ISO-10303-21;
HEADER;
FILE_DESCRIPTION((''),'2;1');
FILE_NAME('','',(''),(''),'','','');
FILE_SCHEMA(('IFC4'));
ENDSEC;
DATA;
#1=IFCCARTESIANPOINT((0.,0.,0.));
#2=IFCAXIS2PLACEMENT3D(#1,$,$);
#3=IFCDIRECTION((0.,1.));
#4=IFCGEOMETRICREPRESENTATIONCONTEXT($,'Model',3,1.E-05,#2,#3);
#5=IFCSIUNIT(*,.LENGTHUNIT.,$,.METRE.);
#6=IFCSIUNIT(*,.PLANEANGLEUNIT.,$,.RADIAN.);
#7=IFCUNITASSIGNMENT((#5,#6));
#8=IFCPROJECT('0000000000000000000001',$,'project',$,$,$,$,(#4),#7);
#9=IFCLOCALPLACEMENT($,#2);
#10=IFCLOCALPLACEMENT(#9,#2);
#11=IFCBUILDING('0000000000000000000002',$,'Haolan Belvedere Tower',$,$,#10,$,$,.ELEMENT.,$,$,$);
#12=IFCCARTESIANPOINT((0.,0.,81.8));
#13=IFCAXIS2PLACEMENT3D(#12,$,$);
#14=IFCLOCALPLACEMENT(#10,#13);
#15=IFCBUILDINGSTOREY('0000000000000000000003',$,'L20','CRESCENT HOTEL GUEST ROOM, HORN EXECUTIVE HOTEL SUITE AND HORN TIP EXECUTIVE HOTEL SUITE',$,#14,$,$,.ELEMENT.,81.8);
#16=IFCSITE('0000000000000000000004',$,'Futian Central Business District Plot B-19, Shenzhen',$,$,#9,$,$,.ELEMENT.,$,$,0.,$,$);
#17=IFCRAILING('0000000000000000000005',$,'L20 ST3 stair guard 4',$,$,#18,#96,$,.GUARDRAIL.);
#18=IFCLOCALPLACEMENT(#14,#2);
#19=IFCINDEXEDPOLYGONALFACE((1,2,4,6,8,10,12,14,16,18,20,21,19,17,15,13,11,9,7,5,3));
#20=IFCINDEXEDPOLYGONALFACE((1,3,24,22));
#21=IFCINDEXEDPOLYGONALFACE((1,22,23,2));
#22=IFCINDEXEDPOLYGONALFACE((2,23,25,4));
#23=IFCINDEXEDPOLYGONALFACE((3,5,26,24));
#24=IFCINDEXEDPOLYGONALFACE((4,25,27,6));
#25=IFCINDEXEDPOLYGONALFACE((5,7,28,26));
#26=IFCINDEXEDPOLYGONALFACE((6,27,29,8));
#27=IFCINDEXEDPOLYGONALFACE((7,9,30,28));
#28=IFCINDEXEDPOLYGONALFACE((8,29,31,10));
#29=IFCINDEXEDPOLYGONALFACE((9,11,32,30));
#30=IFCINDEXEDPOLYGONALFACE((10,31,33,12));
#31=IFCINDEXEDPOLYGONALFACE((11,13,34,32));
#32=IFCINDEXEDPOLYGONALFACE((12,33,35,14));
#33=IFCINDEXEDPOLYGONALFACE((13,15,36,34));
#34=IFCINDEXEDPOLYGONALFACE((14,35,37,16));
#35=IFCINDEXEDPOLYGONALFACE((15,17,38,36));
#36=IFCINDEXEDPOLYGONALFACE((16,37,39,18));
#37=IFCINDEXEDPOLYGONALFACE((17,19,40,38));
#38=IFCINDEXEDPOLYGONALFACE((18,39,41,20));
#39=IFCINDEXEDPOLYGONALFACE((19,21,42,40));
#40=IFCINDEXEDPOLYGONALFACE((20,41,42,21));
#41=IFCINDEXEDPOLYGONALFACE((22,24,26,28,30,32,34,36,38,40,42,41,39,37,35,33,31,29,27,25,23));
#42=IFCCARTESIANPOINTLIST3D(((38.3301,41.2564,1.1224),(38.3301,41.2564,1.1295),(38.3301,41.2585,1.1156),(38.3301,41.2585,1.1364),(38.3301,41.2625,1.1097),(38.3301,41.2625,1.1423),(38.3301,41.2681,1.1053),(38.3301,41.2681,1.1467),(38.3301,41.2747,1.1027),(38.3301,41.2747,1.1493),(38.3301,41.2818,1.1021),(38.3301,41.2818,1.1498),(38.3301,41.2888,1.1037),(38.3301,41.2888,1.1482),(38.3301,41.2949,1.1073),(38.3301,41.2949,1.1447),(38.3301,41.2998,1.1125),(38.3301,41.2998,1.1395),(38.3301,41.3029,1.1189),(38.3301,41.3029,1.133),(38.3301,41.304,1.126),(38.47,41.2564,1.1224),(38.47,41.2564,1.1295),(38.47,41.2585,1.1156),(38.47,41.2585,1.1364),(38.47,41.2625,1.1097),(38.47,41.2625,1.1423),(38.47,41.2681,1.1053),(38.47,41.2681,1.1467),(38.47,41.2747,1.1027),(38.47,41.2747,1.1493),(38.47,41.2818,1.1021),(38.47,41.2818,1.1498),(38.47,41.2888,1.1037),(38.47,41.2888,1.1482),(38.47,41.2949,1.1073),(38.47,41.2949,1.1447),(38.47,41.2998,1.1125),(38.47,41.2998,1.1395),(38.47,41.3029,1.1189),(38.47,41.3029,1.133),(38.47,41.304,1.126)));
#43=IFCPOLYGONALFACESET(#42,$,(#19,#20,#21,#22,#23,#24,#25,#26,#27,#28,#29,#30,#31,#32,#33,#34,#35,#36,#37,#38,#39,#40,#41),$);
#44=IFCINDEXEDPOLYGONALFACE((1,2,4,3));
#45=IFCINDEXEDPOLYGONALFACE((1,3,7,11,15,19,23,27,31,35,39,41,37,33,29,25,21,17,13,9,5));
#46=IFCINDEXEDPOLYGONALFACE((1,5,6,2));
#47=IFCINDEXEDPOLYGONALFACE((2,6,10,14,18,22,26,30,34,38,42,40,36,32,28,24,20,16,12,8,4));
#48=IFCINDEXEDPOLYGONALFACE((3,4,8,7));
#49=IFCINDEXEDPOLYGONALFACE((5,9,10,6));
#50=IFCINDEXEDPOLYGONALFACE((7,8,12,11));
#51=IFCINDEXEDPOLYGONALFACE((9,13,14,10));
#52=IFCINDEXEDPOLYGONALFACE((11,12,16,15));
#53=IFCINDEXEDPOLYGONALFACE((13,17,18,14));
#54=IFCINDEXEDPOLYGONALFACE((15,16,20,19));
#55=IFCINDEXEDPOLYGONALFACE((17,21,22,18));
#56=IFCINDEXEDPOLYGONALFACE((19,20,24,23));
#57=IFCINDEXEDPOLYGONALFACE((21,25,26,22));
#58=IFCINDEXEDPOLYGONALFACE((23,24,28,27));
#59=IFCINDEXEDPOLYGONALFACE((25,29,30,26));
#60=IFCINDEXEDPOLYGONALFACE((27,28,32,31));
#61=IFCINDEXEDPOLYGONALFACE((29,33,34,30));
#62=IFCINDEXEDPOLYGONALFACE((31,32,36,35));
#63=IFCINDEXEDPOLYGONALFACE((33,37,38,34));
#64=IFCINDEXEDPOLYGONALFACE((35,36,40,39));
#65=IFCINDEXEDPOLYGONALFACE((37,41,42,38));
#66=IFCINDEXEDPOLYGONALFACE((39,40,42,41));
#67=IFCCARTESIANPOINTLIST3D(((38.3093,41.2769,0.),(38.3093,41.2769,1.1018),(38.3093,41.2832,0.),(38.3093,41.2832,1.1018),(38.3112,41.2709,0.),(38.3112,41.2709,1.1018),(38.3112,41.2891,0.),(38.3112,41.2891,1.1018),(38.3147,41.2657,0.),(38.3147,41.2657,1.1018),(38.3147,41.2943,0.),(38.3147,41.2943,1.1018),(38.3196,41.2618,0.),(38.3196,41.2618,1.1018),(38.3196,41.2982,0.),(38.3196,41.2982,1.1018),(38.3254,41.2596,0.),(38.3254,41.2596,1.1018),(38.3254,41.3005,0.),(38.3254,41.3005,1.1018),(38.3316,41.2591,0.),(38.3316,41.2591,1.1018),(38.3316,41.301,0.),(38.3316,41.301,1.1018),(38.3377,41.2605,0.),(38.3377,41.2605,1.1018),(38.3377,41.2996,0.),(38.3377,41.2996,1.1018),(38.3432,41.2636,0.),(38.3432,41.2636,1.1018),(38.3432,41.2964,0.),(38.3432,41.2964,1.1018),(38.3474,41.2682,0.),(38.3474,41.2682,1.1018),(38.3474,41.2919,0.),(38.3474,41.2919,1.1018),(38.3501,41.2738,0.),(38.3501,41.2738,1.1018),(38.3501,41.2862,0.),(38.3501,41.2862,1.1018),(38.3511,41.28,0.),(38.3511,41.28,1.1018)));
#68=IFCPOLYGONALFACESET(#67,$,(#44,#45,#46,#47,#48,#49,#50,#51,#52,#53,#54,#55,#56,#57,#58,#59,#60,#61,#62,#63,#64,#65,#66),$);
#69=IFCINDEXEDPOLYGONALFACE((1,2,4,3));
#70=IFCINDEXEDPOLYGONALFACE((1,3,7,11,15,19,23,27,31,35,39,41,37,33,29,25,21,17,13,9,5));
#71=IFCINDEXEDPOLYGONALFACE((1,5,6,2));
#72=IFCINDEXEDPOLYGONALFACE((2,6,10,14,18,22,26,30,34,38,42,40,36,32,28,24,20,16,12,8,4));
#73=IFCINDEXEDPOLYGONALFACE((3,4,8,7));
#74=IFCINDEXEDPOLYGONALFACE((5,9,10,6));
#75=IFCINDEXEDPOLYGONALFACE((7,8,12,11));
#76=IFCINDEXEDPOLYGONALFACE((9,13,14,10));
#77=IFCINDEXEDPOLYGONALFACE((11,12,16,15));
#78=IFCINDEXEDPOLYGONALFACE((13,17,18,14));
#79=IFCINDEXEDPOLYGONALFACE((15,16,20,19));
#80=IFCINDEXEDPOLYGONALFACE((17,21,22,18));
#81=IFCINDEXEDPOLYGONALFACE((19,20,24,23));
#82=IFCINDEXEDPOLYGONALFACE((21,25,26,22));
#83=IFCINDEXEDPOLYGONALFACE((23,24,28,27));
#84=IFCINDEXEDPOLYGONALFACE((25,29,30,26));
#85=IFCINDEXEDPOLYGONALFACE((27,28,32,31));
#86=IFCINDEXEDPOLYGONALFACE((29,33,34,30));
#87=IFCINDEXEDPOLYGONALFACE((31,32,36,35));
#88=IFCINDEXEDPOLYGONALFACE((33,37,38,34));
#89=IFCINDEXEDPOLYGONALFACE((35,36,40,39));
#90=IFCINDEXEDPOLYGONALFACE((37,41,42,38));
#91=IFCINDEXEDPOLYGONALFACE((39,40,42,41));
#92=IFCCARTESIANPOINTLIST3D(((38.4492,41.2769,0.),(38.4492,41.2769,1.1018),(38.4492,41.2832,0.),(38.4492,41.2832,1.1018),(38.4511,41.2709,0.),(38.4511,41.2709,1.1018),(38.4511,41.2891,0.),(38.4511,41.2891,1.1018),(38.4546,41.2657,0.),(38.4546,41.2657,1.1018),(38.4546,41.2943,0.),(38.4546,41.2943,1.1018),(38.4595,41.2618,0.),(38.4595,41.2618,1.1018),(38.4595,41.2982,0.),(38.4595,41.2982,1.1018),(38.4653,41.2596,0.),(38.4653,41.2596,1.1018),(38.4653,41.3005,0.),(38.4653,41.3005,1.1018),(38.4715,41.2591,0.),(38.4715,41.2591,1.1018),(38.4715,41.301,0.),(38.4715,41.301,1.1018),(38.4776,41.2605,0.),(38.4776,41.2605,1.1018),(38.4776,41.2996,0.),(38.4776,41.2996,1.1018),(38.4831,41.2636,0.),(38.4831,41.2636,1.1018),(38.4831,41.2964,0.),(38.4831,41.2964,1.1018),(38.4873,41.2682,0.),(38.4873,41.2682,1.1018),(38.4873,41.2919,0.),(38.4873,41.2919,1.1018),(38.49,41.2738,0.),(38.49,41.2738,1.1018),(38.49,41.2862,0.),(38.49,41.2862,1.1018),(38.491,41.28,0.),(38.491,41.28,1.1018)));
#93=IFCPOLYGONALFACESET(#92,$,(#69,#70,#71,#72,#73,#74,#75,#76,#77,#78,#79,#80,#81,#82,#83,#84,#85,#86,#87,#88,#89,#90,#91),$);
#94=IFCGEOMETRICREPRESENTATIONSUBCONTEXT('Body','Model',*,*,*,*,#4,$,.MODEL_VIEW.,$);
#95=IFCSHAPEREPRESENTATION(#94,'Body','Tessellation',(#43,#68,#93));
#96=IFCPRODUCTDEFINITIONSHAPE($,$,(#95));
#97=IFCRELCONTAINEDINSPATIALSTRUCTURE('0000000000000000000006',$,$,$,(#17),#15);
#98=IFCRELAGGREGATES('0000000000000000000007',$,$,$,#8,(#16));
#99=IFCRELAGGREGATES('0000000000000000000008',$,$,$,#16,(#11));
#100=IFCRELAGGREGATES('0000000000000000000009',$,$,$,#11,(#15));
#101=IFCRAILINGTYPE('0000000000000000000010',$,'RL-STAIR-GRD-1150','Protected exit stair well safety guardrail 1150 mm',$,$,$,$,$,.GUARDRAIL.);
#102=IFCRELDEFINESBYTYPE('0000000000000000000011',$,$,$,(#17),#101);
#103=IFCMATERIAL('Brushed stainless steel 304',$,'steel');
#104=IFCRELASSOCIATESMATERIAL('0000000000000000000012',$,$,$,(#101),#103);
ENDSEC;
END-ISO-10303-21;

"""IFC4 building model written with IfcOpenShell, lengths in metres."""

from ifc_helpers import new_model, si_unit, direction, frame, origin, origin_2d, place, context, subcontext, project, spatial, circle, extrude, material, type_object, element, save


model = new_model("IFC4")

# Units and contexts
model_context = context("Model", 3, precision=1e-05, world=origin(), true_north=direction((0.0, 1.0)))
body_context = subcontext(model_context, "Body", "Model", "MODEL_VIEW")
ifc_project = project(units=[si_unit("LENGTHUNIT", "METRE"), si_unit("PLANEANGLEUNIT", "RADIAN")], contexts=[model_context])

# Site, building, storey
site_placement = place(None, origin())
site = spatial("IfcSite", under=ifc_project, at=site_placement, Name="Futian Central Business District Plot B-19, Shenzhen", CompositionType="ELEMENT", RefElevation=0.0)
building_placement = place(site_placement, origin())
building = spatial("IfcBuilding", under=site, at=building_placement, Name="Haolan Belvedere Tower", CompositionType="ELEMENT")
storey_placement = place(building_placement, frame((0.0, 0.0, 81.8)))
storey = spatial("IfcBuildingStorey", under=building, at=storey_placement, Name="L20", Description="CRESCENT HOTEL GUEST ROOM, HORN EXECUTIVE HOTEL SUITE AND HORN TIP EXECUTIVE HOTEL SUITE", CompositionType="ELEMENT", Elevation=81.8)

# Railing
ifc_material_1 = material(Name="Brushed stainless steel 304", Category="steel")
railing_type_1 = type_object("IfcRailingType", Name="RL-STAIR-GRD-1150", Description="Protected exit stair well safety guardrail 1150 mm", PredefinedType="GUARDRAIL", material=ifc_material_1)
railing_1_placement = place(storey_placement, frame((38.3301, 41.28, 0.0)))
element("IfcRailing", 1, at=railing_1_placement, inside=storey, type_object=railing_type_1, Name="L20 ST3 stair guard 4", PredefinedType="GUARDRAIL", context=body_context, shape_type="SweptSolid", body=[
    extrude(circle(Radius=0.0239, at=origin_2d()), frame((0.0, 0.0, 1.126), z_axis=(1.0, 0.0, 0.0), x_axis=(0.0, 1.0, 0.0)), (0.0, 0.0, 1.0), 0.1399),
    extrude(circle(Radius=0.021, at=origin_2d()), origin(), (0.0, 0.0, 1.0), 1.1018),
    extrude(circle(Radius=0.021, at=origin_2d()), frame((0.1399, 0.0, 0.0)), (0.0, 0.0, 1.0), 1.1018),
])

save(model, "model.ifc")
